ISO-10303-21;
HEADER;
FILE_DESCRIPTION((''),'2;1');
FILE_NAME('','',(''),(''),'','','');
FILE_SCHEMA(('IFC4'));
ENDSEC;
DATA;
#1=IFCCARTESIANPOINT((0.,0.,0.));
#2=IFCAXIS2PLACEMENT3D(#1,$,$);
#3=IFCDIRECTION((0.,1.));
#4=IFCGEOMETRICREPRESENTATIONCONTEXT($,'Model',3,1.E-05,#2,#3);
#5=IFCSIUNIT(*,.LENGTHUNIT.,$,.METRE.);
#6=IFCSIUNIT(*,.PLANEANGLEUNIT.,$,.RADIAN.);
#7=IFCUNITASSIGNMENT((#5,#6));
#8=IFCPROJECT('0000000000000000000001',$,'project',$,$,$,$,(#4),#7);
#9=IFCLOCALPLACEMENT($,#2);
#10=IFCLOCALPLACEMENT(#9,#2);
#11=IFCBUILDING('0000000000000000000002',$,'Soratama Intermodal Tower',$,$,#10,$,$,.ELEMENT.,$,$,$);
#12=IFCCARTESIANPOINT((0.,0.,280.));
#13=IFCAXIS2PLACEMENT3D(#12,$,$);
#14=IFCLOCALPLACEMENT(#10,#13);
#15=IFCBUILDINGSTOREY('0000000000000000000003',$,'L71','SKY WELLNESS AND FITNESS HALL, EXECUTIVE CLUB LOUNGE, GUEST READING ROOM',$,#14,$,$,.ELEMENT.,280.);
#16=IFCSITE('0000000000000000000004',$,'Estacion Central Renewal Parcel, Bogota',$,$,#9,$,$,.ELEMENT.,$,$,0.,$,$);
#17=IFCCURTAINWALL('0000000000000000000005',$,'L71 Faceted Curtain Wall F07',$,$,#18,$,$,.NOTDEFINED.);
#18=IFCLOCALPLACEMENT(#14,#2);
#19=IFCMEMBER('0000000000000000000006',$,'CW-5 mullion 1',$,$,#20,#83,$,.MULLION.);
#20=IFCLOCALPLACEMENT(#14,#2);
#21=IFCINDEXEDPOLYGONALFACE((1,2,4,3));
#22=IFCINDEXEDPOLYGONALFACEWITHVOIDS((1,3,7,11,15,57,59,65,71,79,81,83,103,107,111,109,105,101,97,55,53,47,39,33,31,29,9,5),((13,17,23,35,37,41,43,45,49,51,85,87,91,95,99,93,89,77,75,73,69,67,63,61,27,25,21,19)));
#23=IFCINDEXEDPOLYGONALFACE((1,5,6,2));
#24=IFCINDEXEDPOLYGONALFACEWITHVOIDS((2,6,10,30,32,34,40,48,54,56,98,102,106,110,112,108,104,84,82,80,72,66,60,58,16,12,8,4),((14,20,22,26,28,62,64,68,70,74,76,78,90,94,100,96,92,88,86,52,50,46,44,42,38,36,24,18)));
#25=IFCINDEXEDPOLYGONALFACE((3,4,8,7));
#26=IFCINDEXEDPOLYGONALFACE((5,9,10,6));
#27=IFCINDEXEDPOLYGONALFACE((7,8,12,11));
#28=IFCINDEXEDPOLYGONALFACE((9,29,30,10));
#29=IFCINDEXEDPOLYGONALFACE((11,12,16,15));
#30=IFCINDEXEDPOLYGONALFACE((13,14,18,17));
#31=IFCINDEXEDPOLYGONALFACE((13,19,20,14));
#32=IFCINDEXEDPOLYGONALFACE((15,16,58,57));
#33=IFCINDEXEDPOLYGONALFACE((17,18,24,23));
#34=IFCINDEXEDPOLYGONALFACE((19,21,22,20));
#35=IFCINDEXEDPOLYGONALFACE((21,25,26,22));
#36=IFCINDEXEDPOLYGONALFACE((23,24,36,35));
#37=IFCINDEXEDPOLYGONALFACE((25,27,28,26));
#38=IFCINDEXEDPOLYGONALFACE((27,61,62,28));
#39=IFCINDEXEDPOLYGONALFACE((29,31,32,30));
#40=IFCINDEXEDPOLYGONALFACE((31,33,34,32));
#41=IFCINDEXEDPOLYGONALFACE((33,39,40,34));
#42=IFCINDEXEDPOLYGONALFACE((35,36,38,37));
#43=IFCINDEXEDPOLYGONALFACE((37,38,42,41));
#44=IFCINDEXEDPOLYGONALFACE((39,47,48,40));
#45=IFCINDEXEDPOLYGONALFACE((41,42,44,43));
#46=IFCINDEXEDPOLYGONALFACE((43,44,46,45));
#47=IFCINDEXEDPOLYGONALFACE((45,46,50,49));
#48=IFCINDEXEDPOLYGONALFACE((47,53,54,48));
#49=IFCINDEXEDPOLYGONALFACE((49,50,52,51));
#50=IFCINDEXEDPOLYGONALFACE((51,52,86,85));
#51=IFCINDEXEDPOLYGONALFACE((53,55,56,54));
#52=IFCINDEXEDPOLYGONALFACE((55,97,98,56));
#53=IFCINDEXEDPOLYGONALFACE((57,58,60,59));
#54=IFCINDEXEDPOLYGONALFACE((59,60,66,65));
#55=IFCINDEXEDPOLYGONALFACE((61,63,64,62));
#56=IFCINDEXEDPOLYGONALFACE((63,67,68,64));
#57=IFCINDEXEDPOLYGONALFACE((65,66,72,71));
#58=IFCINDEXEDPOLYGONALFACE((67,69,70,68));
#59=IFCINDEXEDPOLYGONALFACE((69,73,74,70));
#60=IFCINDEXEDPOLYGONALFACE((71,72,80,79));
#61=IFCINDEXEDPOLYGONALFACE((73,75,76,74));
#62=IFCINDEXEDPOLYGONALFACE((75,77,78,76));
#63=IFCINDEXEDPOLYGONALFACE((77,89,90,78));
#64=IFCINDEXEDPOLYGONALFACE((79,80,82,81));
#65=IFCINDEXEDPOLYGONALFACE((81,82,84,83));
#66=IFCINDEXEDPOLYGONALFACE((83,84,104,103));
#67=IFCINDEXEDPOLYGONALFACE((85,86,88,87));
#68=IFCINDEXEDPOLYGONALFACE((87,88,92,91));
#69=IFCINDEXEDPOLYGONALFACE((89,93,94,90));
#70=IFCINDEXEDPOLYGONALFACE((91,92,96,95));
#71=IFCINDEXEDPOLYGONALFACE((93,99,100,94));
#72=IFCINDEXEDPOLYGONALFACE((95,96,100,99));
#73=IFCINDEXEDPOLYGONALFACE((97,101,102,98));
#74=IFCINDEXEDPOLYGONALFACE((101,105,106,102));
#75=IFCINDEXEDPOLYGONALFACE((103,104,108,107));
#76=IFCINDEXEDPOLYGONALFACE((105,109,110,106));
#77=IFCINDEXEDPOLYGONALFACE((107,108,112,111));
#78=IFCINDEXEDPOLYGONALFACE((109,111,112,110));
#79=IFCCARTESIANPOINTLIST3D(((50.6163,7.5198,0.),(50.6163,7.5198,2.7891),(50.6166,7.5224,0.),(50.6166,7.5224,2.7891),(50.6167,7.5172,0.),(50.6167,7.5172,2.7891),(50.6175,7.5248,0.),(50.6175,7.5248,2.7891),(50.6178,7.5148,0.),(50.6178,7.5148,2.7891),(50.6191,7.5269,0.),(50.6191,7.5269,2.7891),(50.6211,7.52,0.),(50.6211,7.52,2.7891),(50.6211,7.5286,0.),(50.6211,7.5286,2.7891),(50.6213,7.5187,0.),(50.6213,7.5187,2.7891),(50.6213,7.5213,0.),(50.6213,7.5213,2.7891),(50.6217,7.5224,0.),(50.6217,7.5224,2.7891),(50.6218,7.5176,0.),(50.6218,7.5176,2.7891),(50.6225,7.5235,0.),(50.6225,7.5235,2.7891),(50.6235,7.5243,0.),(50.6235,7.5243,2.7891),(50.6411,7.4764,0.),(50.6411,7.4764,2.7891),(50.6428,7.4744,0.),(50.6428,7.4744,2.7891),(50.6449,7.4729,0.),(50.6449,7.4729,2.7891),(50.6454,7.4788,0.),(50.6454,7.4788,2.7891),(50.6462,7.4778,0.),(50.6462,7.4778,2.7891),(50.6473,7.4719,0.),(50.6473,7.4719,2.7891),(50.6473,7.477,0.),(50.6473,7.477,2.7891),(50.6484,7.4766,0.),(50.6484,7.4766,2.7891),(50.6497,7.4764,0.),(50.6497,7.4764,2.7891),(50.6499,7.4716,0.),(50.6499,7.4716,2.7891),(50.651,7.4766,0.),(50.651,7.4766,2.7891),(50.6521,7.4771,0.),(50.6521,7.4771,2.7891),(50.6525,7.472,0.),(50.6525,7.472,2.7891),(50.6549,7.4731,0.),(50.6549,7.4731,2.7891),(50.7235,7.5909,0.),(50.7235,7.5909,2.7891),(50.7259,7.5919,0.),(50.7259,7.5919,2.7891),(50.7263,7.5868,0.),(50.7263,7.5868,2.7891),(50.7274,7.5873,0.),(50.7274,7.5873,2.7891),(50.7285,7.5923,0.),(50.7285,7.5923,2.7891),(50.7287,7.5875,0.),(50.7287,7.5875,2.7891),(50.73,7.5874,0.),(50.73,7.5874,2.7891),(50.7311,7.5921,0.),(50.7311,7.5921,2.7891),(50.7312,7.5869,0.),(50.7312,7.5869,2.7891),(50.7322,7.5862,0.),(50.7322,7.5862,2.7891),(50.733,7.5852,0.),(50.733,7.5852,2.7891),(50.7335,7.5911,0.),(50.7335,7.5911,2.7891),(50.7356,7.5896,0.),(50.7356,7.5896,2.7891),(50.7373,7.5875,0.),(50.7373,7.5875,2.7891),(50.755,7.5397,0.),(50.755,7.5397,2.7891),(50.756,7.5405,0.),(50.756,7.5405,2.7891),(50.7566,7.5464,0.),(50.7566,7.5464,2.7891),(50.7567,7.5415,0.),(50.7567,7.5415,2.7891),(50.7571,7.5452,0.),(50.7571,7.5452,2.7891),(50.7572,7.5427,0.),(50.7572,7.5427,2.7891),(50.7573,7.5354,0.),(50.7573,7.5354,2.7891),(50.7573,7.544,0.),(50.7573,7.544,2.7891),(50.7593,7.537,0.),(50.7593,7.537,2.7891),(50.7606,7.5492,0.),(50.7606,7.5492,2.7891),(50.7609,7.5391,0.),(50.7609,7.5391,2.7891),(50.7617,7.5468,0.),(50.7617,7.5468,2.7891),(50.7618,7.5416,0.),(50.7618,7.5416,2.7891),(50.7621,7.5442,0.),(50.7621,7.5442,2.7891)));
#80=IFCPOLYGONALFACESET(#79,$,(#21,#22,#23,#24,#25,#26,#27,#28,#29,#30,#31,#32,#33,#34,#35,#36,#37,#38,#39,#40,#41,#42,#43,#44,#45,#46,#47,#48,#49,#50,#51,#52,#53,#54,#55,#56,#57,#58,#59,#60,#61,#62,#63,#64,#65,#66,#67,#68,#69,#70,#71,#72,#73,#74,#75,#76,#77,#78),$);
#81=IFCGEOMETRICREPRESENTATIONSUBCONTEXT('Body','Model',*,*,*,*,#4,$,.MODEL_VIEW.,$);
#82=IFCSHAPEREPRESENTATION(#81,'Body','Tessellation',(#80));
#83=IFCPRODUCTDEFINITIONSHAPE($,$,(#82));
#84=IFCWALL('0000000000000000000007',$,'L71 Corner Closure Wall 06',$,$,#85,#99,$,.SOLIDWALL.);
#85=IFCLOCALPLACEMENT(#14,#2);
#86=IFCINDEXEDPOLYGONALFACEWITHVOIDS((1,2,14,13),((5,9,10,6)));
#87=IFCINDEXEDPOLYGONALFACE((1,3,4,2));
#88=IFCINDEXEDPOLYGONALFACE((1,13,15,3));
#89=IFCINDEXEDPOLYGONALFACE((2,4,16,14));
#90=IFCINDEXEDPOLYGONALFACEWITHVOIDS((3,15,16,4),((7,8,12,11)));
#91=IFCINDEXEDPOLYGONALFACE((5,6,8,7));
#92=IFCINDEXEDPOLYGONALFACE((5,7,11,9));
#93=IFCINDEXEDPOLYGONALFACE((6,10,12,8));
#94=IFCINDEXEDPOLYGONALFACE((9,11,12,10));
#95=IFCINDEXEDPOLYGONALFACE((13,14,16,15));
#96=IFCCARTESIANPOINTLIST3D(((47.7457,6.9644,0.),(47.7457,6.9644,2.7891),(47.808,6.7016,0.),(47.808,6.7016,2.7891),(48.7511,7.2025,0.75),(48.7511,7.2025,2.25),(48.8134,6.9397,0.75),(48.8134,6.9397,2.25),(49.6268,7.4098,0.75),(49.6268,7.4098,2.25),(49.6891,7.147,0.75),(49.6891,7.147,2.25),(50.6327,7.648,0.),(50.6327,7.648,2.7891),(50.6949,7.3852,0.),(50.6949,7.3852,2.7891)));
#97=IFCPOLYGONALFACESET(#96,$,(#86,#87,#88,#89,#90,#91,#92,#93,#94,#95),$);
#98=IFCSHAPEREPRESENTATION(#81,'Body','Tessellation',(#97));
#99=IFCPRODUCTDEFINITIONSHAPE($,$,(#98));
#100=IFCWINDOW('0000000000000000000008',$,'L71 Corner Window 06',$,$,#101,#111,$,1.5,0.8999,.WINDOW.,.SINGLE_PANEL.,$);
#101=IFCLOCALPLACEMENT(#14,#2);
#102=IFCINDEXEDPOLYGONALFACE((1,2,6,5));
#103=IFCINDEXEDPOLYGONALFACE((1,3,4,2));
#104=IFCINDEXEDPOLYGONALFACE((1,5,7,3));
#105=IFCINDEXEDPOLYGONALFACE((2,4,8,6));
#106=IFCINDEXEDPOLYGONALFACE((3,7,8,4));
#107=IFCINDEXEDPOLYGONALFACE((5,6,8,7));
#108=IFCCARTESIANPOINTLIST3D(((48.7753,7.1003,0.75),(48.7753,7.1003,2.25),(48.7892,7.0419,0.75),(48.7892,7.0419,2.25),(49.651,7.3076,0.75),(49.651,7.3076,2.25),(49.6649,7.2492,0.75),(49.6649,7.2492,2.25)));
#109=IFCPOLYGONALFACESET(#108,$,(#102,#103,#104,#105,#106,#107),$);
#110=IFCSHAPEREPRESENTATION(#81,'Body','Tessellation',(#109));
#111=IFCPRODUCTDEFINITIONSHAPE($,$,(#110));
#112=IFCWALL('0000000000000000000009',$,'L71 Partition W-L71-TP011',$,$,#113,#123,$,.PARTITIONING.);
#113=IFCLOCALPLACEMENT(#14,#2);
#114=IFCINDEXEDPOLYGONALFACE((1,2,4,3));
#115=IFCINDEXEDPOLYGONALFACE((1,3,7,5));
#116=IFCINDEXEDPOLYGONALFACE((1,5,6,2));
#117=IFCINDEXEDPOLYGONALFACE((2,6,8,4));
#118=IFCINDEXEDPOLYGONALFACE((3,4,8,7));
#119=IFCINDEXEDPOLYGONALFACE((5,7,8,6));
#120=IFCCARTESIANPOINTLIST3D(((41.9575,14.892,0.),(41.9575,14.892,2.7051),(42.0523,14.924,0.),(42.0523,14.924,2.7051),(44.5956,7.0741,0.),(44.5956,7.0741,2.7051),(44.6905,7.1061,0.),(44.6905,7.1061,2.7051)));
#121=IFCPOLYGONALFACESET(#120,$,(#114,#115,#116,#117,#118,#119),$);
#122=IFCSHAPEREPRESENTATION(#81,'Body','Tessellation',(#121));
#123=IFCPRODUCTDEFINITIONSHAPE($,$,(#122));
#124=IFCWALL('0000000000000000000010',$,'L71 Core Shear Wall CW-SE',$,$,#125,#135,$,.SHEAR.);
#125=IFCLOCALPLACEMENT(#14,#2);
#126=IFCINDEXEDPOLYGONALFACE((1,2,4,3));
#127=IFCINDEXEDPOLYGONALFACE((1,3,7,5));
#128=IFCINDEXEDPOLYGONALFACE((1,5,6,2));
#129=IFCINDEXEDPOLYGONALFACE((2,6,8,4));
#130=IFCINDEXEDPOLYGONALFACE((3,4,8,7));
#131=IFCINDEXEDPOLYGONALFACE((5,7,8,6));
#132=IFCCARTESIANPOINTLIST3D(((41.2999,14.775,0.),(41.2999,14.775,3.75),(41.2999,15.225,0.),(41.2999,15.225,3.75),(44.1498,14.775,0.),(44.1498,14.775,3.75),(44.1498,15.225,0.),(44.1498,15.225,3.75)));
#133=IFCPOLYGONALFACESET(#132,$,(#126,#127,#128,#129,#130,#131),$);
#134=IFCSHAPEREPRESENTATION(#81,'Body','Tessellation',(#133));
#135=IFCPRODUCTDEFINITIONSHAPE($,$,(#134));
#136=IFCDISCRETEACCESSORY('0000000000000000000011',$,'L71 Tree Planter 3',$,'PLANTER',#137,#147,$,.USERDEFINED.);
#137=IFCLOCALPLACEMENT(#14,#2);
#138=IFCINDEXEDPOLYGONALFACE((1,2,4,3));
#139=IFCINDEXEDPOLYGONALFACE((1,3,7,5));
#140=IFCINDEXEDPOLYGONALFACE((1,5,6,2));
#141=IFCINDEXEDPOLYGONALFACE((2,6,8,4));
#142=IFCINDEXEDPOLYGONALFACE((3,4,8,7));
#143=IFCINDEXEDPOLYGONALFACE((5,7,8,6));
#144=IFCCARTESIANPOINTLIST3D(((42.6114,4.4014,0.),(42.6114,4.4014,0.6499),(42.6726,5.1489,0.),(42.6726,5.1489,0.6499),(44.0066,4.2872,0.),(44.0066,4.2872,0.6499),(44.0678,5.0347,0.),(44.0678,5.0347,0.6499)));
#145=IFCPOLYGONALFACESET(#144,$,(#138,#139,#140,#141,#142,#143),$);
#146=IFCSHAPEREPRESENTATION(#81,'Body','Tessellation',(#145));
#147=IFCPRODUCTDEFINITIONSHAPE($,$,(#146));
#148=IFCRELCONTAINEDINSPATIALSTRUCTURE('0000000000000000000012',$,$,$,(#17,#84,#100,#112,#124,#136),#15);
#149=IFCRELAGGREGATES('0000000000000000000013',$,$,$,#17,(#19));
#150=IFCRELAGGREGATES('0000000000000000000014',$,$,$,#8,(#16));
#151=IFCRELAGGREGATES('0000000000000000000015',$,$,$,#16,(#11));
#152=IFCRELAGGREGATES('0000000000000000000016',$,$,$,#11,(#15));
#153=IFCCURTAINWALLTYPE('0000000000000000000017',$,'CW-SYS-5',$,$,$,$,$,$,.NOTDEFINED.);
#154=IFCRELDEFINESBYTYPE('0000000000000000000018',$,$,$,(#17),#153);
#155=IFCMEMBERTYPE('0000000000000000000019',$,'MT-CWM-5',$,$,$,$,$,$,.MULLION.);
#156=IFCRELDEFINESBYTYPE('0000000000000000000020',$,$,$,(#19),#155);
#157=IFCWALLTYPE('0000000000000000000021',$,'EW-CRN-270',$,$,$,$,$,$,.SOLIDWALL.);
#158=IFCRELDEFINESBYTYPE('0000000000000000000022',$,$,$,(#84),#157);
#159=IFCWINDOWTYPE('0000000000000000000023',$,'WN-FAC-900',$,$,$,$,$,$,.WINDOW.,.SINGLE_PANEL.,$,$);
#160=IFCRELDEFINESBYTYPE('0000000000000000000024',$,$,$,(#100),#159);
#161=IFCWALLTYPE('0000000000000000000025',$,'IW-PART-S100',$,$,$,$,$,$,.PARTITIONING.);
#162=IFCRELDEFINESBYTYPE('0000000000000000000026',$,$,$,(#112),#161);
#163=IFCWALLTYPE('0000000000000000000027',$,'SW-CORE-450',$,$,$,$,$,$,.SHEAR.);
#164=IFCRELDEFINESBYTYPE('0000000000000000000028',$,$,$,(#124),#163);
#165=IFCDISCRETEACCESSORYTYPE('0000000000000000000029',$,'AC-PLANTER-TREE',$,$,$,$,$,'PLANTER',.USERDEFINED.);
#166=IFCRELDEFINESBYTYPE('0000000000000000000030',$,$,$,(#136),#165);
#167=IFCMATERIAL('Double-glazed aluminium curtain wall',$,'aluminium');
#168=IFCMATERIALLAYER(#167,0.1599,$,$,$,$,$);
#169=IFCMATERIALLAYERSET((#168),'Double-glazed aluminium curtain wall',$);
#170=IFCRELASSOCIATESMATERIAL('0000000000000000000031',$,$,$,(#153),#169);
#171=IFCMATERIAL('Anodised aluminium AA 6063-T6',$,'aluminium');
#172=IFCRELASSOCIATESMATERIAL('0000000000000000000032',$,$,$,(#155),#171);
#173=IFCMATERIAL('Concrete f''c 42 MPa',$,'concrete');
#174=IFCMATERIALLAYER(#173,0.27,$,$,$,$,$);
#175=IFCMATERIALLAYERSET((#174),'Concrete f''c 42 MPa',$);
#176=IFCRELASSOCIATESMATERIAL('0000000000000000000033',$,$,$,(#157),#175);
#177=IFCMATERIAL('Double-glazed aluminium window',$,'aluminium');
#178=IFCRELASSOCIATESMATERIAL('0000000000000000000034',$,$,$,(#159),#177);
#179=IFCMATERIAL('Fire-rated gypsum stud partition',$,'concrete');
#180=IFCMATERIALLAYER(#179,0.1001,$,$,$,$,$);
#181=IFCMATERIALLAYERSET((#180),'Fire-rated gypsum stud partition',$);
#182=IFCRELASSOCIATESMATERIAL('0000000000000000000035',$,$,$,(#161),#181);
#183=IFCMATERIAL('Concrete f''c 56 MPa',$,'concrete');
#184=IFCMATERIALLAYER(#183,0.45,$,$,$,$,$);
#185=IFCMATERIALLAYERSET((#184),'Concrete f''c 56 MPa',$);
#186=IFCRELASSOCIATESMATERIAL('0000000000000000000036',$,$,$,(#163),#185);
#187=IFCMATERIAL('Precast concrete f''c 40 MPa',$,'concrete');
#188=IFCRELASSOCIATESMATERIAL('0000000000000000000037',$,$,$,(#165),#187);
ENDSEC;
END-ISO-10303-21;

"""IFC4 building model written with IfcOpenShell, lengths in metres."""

from ifc_helpers import new_model, si_unit, direction, frame, frame_2d, origin, origin_2d, place, context, subcontext, project, spatial, rectangle, hollow_rectangle, extrude, material, layer, layer_set, material_profile, profile_set, type_object, element, fill, aggregate, save


model = new_model("IFC4")

# Units and contexts
model_context = context("Model", 3, precision=1e-05, world=origin(), true_north=direction((0.0, 1.0)))
body_context = subcontext(model_context, "Body", "Model", "MODEL_VIEW")
ifc_project = project(units=[si_unit("LENGTHUNIT", "METRE"), si_unit("PLANEANGLEUNIT", "RADIAN")], contexts=[model_context])

# Site, building, storey
site_placement = place(None, origin())
site = spatial("IfcSite", under=ifc_project, at=site_placement, Name="Estacion Central Renewal Parcel, Bogota", CompositionType="ELEMENT", RefElevation=0.0)
building_placement = place(site_placement, origin())
building = spatial("IfcBuilding", under=site, at=building_placement, Name="Soratama Intermodal Tower", CompositionType="ELEMENT")
storey_placement = place(building_placement, frame((0.0, 0.0, 280.0)))
storey = spatial("IfcBuildingStorey", under=building, at=storey_placement, Name="L71", Description="SKY WELLNESS AND FITNESS HALL, EXECUTIVE CLUB LOUNGE, GUEST READING ROOM", CompositionType="ELEMENT", Elevation=280.0)

# Curtain wall, member
ifc_material_1 = material(Name="Double-glazed aluminium curtain wall", Category="aluminium")
ifc_layer_1 = layer(ifc_material_1, 0.1599)
ifc_layer_set_1 = layer_set([ifc_layer_1], Name="Double-glazed aluminium curtain wall")
curtain_wall_type = type_object("IfcCurtainWallType", Name="CW-SYS-5", PredefinedType="NOTDEFINED", material=ifc_layer_set_1)
curtain_wall_placement = place(storey_placement, origin())
curtain_wall = element("IfcCurtainWall", 1, at=curtain_wall_placement, inside=storey, type_object=curtain_wall_type, Name="L71 Faceted Curtain Wall F07", PredefinedType="NOTDEFINED")
ifc_material_2 = material(Name="Anodised aluminium AA 6063-T6", Category="aluminium")
ifc_material_profile_1 = material_profile(ifc_material_2, hollow_rectangle(XDim=0.0649, YDim=0.1399, WallThickness=0.0049, InnerFilletRadius=0.0049, OuterFilletRadius=0.01, at=origin_2d()), Name="CWM140X65X5")
ifc_profile_set_1 = profile_set([ifc_material_profile_1], Name="Anodised aluminium AA 6063-T6")
member_type = type_object("IfcMemberType", Name="MT-CWM-5", PredefinedType="MULLION", material=ifc_profile_set_1)
member_placement = place(storey_placement, frame((50.6892, 7.532, 0.0), z_axis=(0.0, 0.0, 1.0), x_axis=(-0.519813, 0.85428, 0.0)))
member = element("IfcMember", 2, at=member_placement, type_object=member_type, Name="CW-5 mullion 1", PredefinedType="MULLION", context=body_context, shape_type="SweptSolid", body=[
    extrude(hollow_rectangle(XDim=0.0649, YDim=0.1399, WallThickness=0.0049, InnerFilletRadius=0.0049, OuterFilletRadius=0.01, at=origin_2d()), origin(), (0.0, 0.0, 1.0), 2.7891),
])
aggregate(curtain_wall, [member])

# Wall, opening, window
ifc_material_3 = material(Name="Concrete f'c 42 MPa", Category="concrete")
ifc_layer_2 = layer(ifc_material_3, 0.27)
ifc_layer_set_2 = layer_set([ifc_layer_2], Name="Concrete f'c 42 MPa")
wall_type_1 = type_object("IfcWallType", Name="EW-CRN-270", PredefinedType="SOLIDWALL", material=ifc_layer_set_2)
wall_1_placement = place(storey_placement, frame((47.7769, 6.833, 0.0), z_axis=(0.0, 0.0, 1.0), x_axis=(0.973092, 0.230415, 0.0)))
wall_1 = element("IfcWall", 3, at=wall_1_placement, inside=storey, type_object=wall_type_1, Name="L71 Corner Closure Wall 06", PredefinedType="SOLIDWALL", context=body_context, shape_type="SweptSolid", body=[
    extrude(rectangle(XDim=2.9668, YDim=0.27, at=frame_2d((1.4834, 0.0))), origin(), (0.0, 0.0, 1.0), 2.7891),
])
opening_placement = place(wall_1_placement, frame((1.0332, 0.0, 0.75)))
opening = element("IfcOpeningElement", 4, at=opening_placement, cuts=wall_1, PredefinedType="OPENING", context=body_context, shape_type="SweptSolid", body=[
    extrude(rectangle(XDim=0.8999, YDim=1.5, at=frame_2d((0.45, 0.75))), frame((0.0, 0.145, 0.0), z_axis=(0.0, -1.0, 0.0), x_axis=(1.0, 0.0, 0.0)), (0.0, 0.0, 1.0), 0.29),
])
ifc_material_4 = material(Name="Double-glazed aluminium window", Category="aluminium")
window_type = type_object("IfcWindowType", Name="WN-FAC-900", PartitioningType="SINGLE_PANEL", PredefinedType="WINDOW", material=ifc_material_4)
window_placement = place(opening_placement, origin())
window = element("IfcWindow", 5, at=window_placement, inside=storey, type_object=window_type, Name="L71 Corner Window 06", OverallHeight=1.5, OverallWidth=0.8999, PartitioningType="SINGLE_PANEL", PredefinedType="WINDOW", context=body_context, shape_type="SweptSolid", body=[
    extrude(rectangle(XDim=0.8999, YDim=1.5, at=frame_2d((0.45, 0.75))), frame((0.0, 0.03, 0.0), z_axis=(0.0, -1.0, 0.0), x_axis=(1.0, 0.0, 0.0)), (0.0, 0.0, 1.0), 0.0601),
])
fill(opening, window)

# Walls
ifc_material_5 = material(Name="Fire-rated gypsum stud partition", Category="concrete")
ifc_layer_3 = layer(ifc_material_5, 0.1001)
ifc_layer_set_3 = layer_set([ifc_layer_3], Name="Fire-rated gypsum stud partition")
wall_type_2 = type_object("IfcWallType", Name="IW-PART-S100", PredefinedType="PARTITIONING", material=ifc_layer_set_3)
wall_2_placement = place(storey_placement, frame((42.0049, 14.908, 0.0), z_axis=(0.0, 0.0, 1.0), x_axis=(0.319741, -0.947505, 0.0)))
element("IfcWall", 6, at=wall_2_placement, inside=storey, type_object=wall_type_2, Name="L71 Partition W-L71-TP011", PredefinedType="PARTITIONING", context=body_context, shape_type="SweptSolid", body=[
    extrude(rectangle(XDim=8.251, YDim=0.1001, at=frame_2d((4.1255, 0.0))), origin(), (0.0, 0.0, 1.0), 2.7051),
])
ifc_material_6 = material(Name="Concrete f'c 56 MPa", Category="concrete")
ifc_layer_4 = layer(ifc_material_6, 0.45)
ifc_layer_set_4 = layer_set([ifc_layer_4], Name="Concrete f'c 56 MPa")
wall_type_3 = type_object("IfcWallType", Name="SW-CORE-450", PredefinedType="SHEAR", material=ifc_layer_set_4)
wall_3_placement = place(storey_placement, frame((41.3, 15.0, 0.0), z_axis=(0.0, 0.0, 1.0), x_axis=(1.0, 0.0, 0.0)))
element("IfcWall", 7, at=wall_3_placement, inside=storey, type_object=wall_type_3, Name="L71 Core Shear Wall CW-SE", PredefinedType="SHEAR", context=body_context, shape_type="SweptSolid", body=[
    extrude(rectangle(XDim=2.8499, YDim=0.45, at=frame_2d((1.4248, 0.0))), origin(), (0.0, 0.0, 1.0), 3.75),
])

# Discrete accessory
ifc_material_7 = material(Name="Precast concrete f'c 40 MPa", Category="concrete")
discrete_accessory_type = type_object("IfcDiscreteAccessoryType", Name="AC-PLANTER-TREE", ElementType="PLANTER", PredefinedType="USERDEFINED", material=ifc_material_7)
discrete_accessory_placement = place(storey_placement, frame((43.3396, 4.718, 0.0), z_axis=(0.0, 0.0, 1.0), x_axis=(-0.081591, -0.996666, 0.0)))
element("IfcDiscreteAccessory", 8, at=discrete_accessory_placement, inside=storey, type_object=discrete_accessory_type, Name="L71 Tree Planter 3", ObjectType="PLANTER", PredefinedType="USERDEFINED", context=body_context, shape_type="SweptSolid", body=[
    extrude(rectangle(XDim=0.75, YDim=1.3999, at=origin_2d()), origin(), (0.0, 0.0, 1.0), 0.6499),
])

save(model, "model.ifc")
